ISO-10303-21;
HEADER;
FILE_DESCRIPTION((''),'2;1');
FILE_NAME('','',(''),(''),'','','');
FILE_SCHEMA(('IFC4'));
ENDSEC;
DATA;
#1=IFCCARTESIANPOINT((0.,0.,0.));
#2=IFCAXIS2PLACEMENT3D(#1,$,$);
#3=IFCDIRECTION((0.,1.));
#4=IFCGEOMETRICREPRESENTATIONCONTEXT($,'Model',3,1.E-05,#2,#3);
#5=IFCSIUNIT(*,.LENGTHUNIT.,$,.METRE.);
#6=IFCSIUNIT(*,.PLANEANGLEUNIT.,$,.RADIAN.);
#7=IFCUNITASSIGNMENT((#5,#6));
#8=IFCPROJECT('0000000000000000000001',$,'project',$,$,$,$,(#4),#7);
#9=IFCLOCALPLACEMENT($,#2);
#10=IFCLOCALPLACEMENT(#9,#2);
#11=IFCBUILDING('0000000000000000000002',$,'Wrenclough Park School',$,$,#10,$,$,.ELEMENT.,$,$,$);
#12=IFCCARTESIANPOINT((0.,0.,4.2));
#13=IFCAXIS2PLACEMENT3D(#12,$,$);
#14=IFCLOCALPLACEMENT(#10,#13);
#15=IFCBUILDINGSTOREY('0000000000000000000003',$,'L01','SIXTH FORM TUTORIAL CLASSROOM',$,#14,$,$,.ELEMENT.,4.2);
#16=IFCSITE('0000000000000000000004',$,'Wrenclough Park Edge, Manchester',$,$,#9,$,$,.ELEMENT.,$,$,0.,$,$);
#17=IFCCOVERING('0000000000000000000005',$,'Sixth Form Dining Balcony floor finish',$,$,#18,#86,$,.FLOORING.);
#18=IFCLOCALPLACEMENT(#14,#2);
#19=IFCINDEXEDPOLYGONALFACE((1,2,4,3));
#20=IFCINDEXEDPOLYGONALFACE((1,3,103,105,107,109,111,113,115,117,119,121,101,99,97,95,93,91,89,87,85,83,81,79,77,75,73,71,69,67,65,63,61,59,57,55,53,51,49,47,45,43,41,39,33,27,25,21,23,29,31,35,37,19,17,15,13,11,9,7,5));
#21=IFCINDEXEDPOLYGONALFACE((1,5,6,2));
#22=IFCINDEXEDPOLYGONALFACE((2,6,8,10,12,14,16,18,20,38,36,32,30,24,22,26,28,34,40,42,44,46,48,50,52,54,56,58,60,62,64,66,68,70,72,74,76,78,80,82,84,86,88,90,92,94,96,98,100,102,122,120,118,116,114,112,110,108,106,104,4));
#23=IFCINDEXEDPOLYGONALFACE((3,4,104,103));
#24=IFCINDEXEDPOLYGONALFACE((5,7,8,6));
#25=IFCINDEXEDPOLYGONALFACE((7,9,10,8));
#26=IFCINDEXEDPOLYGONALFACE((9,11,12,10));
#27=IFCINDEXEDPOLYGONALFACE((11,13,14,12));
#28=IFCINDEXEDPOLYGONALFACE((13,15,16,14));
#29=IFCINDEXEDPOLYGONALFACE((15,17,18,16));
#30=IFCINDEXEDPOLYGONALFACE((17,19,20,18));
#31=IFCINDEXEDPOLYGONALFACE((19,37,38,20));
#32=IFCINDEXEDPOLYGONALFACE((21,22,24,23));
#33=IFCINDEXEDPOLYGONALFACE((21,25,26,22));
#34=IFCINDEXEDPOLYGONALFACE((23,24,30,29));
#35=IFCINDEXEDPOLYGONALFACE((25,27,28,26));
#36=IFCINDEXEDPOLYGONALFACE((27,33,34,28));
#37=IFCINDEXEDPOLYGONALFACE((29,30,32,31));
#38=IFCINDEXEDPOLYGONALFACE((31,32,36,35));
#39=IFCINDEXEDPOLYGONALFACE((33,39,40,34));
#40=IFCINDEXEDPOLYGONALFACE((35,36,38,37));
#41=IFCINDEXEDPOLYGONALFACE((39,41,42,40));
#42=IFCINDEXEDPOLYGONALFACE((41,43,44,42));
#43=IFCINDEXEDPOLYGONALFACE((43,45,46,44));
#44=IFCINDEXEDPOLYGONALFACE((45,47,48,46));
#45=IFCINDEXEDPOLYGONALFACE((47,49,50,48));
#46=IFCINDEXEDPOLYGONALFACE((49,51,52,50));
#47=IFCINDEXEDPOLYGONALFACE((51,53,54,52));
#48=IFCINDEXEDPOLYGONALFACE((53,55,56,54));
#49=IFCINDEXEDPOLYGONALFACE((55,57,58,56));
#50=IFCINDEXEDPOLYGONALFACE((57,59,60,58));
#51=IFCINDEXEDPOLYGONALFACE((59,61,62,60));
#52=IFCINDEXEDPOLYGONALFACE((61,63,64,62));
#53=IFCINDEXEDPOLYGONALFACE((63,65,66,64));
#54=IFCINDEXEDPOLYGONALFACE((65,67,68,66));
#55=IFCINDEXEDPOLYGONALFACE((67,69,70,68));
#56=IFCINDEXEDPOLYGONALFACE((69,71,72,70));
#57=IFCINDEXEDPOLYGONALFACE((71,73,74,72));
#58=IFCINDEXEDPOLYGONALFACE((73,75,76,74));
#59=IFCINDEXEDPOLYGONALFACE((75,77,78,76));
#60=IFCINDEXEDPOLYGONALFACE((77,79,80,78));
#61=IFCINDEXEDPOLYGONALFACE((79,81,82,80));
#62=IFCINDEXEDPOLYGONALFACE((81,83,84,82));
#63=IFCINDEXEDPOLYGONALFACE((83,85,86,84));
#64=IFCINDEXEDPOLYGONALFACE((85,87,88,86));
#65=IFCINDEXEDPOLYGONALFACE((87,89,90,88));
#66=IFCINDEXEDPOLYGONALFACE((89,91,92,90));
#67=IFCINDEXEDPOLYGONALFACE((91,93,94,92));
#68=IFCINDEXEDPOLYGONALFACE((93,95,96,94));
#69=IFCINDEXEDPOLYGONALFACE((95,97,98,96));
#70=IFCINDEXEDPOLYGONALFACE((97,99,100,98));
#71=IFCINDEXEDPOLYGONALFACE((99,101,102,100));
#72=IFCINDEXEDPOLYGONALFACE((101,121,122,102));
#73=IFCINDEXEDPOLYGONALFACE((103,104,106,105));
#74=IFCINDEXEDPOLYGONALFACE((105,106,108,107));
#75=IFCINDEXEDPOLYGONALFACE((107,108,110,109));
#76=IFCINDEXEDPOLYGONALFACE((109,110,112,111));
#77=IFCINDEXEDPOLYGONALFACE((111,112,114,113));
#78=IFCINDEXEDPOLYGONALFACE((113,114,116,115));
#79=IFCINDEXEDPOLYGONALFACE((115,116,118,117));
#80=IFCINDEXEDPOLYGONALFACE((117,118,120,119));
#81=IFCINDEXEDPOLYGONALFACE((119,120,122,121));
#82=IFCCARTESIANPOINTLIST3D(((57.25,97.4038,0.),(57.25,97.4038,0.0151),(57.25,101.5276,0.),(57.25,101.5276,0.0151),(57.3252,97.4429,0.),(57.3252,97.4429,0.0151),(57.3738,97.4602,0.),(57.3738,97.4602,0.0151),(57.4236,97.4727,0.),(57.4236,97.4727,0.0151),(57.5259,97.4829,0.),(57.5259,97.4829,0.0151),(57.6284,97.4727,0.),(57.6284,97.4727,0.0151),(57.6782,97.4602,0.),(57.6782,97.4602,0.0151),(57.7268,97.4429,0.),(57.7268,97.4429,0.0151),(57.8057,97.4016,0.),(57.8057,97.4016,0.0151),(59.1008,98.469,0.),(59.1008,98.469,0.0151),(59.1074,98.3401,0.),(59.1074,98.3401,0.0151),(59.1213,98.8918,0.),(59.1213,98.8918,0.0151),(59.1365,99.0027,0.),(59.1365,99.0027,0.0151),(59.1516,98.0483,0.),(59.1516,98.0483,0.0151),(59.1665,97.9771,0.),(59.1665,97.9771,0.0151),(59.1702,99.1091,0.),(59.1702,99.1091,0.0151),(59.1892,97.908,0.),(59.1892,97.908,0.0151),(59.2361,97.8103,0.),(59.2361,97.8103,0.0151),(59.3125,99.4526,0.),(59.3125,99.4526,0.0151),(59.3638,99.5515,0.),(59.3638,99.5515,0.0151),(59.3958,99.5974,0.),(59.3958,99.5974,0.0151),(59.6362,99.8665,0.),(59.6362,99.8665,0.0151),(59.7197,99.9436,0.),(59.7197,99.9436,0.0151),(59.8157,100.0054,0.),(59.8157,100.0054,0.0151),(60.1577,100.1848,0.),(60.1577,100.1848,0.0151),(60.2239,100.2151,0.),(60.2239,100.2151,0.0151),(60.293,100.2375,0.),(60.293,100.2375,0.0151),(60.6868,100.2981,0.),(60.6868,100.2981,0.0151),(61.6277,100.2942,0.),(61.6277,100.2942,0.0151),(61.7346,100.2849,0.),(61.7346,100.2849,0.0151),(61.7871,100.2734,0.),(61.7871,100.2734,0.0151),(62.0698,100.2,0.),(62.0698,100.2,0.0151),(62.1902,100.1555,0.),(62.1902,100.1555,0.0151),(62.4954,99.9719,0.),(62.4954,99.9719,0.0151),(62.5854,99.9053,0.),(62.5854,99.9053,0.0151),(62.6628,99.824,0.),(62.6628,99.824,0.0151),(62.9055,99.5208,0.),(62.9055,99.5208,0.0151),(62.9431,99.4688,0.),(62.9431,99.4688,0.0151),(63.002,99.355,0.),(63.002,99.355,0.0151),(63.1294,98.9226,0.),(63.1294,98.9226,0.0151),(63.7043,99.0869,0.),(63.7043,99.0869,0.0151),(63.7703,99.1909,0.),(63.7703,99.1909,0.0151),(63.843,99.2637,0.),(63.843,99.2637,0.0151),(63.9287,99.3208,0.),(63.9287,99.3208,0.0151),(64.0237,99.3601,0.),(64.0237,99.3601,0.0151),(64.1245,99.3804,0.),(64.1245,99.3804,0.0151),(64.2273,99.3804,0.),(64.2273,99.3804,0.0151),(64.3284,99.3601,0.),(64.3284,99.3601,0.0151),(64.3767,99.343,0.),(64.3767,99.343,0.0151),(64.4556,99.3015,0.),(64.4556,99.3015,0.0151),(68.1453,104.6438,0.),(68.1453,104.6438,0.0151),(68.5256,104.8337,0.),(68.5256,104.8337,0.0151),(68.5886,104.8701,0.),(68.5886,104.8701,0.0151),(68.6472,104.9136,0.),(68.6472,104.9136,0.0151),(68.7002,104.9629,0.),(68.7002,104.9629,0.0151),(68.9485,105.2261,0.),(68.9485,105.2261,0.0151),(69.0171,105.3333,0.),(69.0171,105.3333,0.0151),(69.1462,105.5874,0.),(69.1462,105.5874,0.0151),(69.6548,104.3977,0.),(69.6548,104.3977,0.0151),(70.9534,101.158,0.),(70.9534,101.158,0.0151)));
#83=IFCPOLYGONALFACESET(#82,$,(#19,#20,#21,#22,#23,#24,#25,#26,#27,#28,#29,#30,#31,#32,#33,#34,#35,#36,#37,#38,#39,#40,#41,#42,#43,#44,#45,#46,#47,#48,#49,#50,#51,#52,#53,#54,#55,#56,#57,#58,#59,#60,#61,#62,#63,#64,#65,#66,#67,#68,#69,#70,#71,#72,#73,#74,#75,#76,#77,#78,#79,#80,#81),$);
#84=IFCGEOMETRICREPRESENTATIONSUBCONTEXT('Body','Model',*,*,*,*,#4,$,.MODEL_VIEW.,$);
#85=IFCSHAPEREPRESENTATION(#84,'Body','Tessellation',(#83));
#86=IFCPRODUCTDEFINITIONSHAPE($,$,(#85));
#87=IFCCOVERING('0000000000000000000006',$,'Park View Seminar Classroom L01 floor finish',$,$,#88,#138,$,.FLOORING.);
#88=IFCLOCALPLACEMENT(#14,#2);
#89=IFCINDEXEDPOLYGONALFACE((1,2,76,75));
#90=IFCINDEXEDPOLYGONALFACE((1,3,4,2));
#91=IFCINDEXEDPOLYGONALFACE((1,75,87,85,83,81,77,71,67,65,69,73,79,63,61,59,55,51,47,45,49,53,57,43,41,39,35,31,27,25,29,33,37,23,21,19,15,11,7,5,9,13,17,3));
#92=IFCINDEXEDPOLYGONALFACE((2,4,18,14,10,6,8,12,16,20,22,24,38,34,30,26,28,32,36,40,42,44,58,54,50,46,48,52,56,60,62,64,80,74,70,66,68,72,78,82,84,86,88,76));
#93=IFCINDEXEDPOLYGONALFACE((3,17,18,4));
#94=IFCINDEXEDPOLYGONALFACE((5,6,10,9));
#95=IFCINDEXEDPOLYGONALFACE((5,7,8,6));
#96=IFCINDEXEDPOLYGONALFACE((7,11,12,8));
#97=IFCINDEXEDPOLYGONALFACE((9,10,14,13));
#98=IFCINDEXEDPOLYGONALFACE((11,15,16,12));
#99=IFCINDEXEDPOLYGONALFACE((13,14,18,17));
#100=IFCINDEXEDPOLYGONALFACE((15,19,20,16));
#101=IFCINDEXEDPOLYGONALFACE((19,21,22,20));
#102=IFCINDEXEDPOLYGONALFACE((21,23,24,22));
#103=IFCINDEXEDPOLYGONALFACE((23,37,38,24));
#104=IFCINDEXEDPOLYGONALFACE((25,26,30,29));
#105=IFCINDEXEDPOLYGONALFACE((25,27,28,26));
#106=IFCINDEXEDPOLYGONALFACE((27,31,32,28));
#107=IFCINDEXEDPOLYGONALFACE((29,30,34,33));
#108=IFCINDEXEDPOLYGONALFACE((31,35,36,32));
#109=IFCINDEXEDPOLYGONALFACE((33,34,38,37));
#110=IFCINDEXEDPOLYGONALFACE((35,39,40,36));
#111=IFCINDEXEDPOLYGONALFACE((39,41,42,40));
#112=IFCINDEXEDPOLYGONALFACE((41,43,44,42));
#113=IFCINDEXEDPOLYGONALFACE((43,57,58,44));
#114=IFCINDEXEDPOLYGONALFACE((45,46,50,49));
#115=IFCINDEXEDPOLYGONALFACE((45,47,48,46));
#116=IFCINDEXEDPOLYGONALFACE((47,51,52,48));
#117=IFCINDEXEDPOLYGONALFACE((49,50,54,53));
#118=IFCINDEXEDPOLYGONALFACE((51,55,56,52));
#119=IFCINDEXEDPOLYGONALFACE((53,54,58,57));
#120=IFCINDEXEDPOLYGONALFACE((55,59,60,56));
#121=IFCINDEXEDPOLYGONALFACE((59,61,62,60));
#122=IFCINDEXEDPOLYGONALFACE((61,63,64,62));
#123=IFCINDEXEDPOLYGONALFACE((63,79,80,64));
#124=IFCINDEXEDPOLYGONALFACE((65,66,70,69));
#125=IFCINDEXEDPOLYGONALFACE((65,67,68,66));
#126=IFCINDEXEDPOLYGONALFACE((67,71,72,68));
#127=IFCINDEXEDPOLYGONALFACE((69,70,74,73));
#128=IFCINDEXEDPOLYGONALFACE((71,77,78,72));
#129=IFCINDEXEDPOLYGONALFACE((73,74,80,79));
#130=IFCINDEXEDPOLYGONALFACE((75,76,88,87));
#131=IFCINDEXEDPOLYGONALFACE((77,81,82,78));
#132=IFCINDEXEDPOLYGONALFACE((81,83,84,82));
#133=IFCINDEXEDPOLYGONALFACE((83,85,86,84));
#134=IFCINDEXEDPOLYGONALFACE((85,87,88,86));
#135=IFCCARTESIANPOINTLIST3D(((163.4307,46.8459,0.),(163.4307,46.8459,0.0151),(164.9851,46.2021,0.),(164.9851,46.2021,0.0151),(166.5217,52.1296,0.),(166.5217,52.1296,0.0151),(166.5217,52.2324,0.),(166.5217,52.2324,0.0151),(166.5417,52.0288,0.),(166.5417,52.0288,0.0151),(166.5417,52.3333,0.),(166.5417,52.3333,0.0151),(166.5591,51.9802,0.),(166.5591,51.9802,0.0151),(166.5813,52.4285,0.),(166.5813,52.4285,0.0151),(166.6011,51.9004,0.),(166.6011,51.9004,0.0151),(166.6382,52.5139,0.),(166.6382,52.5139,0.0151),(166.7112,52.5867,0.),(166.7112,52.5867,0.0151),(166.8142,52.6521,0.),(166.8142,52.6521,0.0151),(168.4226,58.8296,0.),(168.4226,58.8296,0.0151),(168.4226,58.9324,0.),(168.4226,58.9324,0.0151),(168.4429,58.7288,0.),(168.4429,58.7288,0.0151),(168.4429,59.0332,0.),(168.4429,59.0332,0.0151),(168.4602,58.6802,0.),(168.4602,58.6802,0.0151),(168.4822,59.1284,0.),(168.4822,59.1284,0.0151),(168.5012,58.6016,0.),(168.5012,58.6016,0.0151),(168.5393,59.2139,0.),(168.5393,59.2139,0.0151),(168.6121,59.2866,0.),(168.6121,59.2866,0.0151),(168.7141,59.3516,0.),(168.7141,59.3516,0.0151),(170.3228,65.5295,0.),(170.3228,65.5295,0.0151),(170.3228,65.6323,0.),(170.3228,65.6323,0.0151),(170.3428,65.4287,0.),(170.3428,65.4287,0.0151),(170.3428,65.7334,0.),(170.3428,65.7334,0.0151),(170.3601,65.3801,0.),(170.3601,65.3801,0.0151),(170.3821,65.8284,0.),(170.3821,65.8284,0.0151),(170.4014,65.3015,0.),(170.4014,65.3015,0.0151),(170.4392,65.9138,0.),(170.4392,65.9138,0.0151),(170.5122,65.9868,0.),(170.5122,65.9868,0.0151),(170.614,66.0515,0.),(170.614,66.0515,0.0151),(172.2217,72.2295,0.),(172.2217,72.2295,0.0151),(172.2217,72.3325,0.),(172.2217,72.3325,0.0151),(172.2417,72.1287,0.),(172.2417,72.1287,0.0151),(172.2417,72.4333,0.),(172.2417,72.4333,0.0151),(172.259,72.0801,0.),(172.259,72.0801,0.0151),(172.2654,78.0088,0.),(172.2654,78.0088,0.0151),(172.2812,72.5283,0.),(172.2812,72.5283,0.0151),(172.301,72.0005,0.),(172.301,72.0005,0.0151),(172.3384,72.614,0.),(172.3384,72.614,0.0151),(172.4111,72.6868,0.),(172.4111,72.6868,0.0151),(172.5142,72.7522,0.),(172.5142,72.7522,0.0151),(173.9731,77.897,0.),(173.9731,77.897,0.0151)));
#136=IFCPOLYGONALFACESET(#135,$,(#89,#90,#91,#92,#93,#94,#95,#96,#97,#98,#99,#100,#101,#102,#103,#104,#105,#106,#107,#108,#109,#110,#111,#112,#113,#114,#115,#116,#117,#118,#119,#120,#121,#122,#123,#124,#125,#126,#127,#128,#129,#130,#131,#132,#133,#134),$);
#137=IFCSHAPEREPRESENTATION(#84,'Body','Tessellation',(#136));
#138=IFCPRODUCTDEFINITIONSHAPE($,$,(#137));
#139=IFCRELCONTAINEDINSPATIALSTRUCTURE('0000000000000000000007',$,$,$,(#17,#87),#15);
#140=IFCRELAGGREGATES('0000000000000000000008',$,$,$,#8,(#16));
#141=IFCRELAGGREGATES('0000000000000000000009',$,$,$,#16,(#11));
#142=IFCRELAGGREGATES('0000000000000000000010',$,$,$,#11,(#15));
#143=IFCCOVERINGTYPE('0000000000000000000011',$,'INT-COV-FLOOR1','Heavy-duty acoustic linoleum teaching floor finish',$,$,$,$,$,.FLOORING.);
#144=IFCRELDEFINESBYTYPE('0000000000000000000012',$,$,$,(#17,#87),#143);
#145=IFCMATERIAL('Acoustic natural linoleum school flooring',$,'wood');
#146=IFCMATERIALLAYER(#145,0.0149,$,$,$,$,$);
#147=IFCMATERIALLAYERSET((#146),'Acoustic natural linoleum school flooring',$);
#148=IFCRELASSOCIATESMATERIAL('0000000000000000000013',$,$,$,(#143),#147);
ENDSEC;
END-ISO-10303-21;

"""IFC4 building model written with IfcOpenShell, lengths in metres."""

from ifc_helpers import new_model, si_unit, direction, frame, origin, place, context, subcontext, project, spatial, polyline, outline, extrude, material, layer, layer_set, type_object, element, save


model = new_model("IFC4")

# Units and contexts
model_context = context("Model", 3, precision=1e-05, world=origin(), true_north=direction((0.0, 1.0)))
body_context = subcontext(model_context, "Body", "Model", "MODEL_VIEW")
ifc_project = project(units=[si_unit("LENGTHUNIT", "METRE"), si_unit("PLANEANGLEUNIT", "RADIAN")], contexts=[model_context])

# Site, building, storey
site_placement = place(None, origin())
site = spatial("IfcSite", under=ifc_project, at=site_placement, Name="Wrenclough Park Edge, Manchester", CompositionType="ELEMENT", RefElevation=0.0)
building_placement = place(site_placement, origin())
building = spatial("IfcBuilding", under=site, at=building_placement, Name="Wrenclough Park School", CompositionType="ELEMENT")
storey_placement = place(building_placement, frame((0.0, 0.0, 4.2)))
storey = spatial("IfcBuildingStorey", under=building, at=storey_placement, Name="L01", Description="SIXTH FORM TUTORIAL CLASSROOM", CompositionType="ELEMENT", Elevation=4.2)

# Coverings
ifc_material_1 = material(Name="Acoustic natural linoleum school flooring", Category="wood")
ifc_layer_1 = layer(ifc_material_1, 0.0149)
ifc_layer_set_1 = layer_set([ifc_layer_1], Name="Acoustic natural linoleum school flooring")
covering_type_1 = type_object("IfcCoveringType", Name="INT-COV-FLOOR1", Description="Heavy-duty acoustic linoleum teaching floor finish", PredefinedType="FLOORING", material=ifc_layer_set_1)
covering_1_placement = place(storey_placement, origin())
element("IfcCovering", 1, at=covering_1_placement, inside=storey, type_object=covering_type_1, Name="Sixth Form Dining Balcony floor finish", PredefinedType="FLOORING", context=body_context, shape_type="SweptSolid", body=[
    extrude(outline(polyline([(57.8057, 97.4016), (59.2361, 97.8103), (59.1892, 97.908), (59.1665, 97.9771), (59.1516, 98.0483), (59.1074, 98.3401), (59.1008, 98.469), (59.1213, 98.8918), (59.1365, 99.0027), (59.1702, 99.1091), (59.3125, 99.4526), (59.3638, 99.5515), (59.3958, 99.5974), (59.6362, 99.8665), (59.7197, 99.9436), (59.8157, 100.0054), (60.1577, 100.1848), (60.2239, 100.2151), (60.293, 100.2375), (60.6868, 100.2981), (61.6277, 100.2942), (61.7346, 100.2849), (61.7871, 100.2734), (62.0698, 100.2), (62.1902, 100.1555), (62.4954, 99.9719), (62.5854, 99.9053), (62.6628, 99.824), (62.9055, 99.5208), (62.9431, 99.4688), (63.002, 99.355), (63.1294, 98.9226), (63.7043, 99.0869), (63.7703, 99.1909), (63.843, 99.2637), (63.9287, 99.3208), (64.0237, 99.3601), (64.1245, 99.3804), (64.2273, 99.3804), (64.3284, 99.3601), (64.3767, 99.343), (64.4556, 99.3015), (70.9534, 101.158), (69.6548, 104.3977), (69.1462, 105.5874), (69.0171, 105.3333), (68.9485, 105.2261), (68.7002, 104.9629), (68.6472, 104.9136), (68.5886, 104.8701), (68.5256, 104.8337), (68.1453, 104.6438), (57.25, 101.5276), (57.25, 97.4038), (57.3252, 97.4429), (57.3738, 97.4602), (57.4236, 97.4727), (57.5259, 97.4829), (57.6284, 97.4727), (57.6782, 97.4602), (57.7268, 97.4429), (57.8057, 97.4016)])), origin(), (0.0, 0.0, 1.0), 0.0151),
])
covering_2_placement = place(storey_placement, origin())
element("IfcCovering", 2, at=covering_2_placement, inside=storey, type_object=covering_type_1, Name="Park View Seminar Classroom L01 floor finish", PredefinedType="FLOORING", context=body_context, shape_type="SweptSolid", body=[
    extrude(outline(polyline([(163.4307, 46.8459), (164.9851, 46.2021), (166.6011, 51.9004), (166.5591, 51.9802), (166.5417, 52.0288), (166.5217, 52.1296), (166.5217, 52.2324), (166.5417, 52.3333), (166.5813, 52.4285), (166.6382, 52.5139), (166.7112, 52.5867), (166.8142, 52.6521), (168.5012, 58.6016), (168.4602, 58.6802), (168.4429, 58.7288), (168.4226, 58.8296), (168.4226, 58.9324), (168.4429, 59.0332), (168.4822, 59.1284), (168.5393, 59.2139), (168.6121, 59.2866), (168.7141, 59.3516), (170.4014, 65.3015), (170.3601, 65.3801), (170.3428, 65.4287), (170.3228, 65.5295), (170.3228, 65.6323), (170.3428, 65.7334), (170.3821, 65.8284), (170.4392, 65.9138), (170.5122, 65.9868), (170.614, 66.0515), (172.301, 72.0005), (172.259, 72.0801), (172.2417, 72.1287), (172.2217, 72.2295), (172.2217, 72.3325), (172.2417, 72.4333), (172.2812, 72.5283), (172.3384, 72.614), (172.4111, 72.6868), (172.5142, 72.7522), (173.9731, 77.897), (172.2654, 78.0088), (163.4307, 46.8459)])), origin(), (0.0, 0.0, 1.0), 0.0151),
])

save(model, "model.ifc")
